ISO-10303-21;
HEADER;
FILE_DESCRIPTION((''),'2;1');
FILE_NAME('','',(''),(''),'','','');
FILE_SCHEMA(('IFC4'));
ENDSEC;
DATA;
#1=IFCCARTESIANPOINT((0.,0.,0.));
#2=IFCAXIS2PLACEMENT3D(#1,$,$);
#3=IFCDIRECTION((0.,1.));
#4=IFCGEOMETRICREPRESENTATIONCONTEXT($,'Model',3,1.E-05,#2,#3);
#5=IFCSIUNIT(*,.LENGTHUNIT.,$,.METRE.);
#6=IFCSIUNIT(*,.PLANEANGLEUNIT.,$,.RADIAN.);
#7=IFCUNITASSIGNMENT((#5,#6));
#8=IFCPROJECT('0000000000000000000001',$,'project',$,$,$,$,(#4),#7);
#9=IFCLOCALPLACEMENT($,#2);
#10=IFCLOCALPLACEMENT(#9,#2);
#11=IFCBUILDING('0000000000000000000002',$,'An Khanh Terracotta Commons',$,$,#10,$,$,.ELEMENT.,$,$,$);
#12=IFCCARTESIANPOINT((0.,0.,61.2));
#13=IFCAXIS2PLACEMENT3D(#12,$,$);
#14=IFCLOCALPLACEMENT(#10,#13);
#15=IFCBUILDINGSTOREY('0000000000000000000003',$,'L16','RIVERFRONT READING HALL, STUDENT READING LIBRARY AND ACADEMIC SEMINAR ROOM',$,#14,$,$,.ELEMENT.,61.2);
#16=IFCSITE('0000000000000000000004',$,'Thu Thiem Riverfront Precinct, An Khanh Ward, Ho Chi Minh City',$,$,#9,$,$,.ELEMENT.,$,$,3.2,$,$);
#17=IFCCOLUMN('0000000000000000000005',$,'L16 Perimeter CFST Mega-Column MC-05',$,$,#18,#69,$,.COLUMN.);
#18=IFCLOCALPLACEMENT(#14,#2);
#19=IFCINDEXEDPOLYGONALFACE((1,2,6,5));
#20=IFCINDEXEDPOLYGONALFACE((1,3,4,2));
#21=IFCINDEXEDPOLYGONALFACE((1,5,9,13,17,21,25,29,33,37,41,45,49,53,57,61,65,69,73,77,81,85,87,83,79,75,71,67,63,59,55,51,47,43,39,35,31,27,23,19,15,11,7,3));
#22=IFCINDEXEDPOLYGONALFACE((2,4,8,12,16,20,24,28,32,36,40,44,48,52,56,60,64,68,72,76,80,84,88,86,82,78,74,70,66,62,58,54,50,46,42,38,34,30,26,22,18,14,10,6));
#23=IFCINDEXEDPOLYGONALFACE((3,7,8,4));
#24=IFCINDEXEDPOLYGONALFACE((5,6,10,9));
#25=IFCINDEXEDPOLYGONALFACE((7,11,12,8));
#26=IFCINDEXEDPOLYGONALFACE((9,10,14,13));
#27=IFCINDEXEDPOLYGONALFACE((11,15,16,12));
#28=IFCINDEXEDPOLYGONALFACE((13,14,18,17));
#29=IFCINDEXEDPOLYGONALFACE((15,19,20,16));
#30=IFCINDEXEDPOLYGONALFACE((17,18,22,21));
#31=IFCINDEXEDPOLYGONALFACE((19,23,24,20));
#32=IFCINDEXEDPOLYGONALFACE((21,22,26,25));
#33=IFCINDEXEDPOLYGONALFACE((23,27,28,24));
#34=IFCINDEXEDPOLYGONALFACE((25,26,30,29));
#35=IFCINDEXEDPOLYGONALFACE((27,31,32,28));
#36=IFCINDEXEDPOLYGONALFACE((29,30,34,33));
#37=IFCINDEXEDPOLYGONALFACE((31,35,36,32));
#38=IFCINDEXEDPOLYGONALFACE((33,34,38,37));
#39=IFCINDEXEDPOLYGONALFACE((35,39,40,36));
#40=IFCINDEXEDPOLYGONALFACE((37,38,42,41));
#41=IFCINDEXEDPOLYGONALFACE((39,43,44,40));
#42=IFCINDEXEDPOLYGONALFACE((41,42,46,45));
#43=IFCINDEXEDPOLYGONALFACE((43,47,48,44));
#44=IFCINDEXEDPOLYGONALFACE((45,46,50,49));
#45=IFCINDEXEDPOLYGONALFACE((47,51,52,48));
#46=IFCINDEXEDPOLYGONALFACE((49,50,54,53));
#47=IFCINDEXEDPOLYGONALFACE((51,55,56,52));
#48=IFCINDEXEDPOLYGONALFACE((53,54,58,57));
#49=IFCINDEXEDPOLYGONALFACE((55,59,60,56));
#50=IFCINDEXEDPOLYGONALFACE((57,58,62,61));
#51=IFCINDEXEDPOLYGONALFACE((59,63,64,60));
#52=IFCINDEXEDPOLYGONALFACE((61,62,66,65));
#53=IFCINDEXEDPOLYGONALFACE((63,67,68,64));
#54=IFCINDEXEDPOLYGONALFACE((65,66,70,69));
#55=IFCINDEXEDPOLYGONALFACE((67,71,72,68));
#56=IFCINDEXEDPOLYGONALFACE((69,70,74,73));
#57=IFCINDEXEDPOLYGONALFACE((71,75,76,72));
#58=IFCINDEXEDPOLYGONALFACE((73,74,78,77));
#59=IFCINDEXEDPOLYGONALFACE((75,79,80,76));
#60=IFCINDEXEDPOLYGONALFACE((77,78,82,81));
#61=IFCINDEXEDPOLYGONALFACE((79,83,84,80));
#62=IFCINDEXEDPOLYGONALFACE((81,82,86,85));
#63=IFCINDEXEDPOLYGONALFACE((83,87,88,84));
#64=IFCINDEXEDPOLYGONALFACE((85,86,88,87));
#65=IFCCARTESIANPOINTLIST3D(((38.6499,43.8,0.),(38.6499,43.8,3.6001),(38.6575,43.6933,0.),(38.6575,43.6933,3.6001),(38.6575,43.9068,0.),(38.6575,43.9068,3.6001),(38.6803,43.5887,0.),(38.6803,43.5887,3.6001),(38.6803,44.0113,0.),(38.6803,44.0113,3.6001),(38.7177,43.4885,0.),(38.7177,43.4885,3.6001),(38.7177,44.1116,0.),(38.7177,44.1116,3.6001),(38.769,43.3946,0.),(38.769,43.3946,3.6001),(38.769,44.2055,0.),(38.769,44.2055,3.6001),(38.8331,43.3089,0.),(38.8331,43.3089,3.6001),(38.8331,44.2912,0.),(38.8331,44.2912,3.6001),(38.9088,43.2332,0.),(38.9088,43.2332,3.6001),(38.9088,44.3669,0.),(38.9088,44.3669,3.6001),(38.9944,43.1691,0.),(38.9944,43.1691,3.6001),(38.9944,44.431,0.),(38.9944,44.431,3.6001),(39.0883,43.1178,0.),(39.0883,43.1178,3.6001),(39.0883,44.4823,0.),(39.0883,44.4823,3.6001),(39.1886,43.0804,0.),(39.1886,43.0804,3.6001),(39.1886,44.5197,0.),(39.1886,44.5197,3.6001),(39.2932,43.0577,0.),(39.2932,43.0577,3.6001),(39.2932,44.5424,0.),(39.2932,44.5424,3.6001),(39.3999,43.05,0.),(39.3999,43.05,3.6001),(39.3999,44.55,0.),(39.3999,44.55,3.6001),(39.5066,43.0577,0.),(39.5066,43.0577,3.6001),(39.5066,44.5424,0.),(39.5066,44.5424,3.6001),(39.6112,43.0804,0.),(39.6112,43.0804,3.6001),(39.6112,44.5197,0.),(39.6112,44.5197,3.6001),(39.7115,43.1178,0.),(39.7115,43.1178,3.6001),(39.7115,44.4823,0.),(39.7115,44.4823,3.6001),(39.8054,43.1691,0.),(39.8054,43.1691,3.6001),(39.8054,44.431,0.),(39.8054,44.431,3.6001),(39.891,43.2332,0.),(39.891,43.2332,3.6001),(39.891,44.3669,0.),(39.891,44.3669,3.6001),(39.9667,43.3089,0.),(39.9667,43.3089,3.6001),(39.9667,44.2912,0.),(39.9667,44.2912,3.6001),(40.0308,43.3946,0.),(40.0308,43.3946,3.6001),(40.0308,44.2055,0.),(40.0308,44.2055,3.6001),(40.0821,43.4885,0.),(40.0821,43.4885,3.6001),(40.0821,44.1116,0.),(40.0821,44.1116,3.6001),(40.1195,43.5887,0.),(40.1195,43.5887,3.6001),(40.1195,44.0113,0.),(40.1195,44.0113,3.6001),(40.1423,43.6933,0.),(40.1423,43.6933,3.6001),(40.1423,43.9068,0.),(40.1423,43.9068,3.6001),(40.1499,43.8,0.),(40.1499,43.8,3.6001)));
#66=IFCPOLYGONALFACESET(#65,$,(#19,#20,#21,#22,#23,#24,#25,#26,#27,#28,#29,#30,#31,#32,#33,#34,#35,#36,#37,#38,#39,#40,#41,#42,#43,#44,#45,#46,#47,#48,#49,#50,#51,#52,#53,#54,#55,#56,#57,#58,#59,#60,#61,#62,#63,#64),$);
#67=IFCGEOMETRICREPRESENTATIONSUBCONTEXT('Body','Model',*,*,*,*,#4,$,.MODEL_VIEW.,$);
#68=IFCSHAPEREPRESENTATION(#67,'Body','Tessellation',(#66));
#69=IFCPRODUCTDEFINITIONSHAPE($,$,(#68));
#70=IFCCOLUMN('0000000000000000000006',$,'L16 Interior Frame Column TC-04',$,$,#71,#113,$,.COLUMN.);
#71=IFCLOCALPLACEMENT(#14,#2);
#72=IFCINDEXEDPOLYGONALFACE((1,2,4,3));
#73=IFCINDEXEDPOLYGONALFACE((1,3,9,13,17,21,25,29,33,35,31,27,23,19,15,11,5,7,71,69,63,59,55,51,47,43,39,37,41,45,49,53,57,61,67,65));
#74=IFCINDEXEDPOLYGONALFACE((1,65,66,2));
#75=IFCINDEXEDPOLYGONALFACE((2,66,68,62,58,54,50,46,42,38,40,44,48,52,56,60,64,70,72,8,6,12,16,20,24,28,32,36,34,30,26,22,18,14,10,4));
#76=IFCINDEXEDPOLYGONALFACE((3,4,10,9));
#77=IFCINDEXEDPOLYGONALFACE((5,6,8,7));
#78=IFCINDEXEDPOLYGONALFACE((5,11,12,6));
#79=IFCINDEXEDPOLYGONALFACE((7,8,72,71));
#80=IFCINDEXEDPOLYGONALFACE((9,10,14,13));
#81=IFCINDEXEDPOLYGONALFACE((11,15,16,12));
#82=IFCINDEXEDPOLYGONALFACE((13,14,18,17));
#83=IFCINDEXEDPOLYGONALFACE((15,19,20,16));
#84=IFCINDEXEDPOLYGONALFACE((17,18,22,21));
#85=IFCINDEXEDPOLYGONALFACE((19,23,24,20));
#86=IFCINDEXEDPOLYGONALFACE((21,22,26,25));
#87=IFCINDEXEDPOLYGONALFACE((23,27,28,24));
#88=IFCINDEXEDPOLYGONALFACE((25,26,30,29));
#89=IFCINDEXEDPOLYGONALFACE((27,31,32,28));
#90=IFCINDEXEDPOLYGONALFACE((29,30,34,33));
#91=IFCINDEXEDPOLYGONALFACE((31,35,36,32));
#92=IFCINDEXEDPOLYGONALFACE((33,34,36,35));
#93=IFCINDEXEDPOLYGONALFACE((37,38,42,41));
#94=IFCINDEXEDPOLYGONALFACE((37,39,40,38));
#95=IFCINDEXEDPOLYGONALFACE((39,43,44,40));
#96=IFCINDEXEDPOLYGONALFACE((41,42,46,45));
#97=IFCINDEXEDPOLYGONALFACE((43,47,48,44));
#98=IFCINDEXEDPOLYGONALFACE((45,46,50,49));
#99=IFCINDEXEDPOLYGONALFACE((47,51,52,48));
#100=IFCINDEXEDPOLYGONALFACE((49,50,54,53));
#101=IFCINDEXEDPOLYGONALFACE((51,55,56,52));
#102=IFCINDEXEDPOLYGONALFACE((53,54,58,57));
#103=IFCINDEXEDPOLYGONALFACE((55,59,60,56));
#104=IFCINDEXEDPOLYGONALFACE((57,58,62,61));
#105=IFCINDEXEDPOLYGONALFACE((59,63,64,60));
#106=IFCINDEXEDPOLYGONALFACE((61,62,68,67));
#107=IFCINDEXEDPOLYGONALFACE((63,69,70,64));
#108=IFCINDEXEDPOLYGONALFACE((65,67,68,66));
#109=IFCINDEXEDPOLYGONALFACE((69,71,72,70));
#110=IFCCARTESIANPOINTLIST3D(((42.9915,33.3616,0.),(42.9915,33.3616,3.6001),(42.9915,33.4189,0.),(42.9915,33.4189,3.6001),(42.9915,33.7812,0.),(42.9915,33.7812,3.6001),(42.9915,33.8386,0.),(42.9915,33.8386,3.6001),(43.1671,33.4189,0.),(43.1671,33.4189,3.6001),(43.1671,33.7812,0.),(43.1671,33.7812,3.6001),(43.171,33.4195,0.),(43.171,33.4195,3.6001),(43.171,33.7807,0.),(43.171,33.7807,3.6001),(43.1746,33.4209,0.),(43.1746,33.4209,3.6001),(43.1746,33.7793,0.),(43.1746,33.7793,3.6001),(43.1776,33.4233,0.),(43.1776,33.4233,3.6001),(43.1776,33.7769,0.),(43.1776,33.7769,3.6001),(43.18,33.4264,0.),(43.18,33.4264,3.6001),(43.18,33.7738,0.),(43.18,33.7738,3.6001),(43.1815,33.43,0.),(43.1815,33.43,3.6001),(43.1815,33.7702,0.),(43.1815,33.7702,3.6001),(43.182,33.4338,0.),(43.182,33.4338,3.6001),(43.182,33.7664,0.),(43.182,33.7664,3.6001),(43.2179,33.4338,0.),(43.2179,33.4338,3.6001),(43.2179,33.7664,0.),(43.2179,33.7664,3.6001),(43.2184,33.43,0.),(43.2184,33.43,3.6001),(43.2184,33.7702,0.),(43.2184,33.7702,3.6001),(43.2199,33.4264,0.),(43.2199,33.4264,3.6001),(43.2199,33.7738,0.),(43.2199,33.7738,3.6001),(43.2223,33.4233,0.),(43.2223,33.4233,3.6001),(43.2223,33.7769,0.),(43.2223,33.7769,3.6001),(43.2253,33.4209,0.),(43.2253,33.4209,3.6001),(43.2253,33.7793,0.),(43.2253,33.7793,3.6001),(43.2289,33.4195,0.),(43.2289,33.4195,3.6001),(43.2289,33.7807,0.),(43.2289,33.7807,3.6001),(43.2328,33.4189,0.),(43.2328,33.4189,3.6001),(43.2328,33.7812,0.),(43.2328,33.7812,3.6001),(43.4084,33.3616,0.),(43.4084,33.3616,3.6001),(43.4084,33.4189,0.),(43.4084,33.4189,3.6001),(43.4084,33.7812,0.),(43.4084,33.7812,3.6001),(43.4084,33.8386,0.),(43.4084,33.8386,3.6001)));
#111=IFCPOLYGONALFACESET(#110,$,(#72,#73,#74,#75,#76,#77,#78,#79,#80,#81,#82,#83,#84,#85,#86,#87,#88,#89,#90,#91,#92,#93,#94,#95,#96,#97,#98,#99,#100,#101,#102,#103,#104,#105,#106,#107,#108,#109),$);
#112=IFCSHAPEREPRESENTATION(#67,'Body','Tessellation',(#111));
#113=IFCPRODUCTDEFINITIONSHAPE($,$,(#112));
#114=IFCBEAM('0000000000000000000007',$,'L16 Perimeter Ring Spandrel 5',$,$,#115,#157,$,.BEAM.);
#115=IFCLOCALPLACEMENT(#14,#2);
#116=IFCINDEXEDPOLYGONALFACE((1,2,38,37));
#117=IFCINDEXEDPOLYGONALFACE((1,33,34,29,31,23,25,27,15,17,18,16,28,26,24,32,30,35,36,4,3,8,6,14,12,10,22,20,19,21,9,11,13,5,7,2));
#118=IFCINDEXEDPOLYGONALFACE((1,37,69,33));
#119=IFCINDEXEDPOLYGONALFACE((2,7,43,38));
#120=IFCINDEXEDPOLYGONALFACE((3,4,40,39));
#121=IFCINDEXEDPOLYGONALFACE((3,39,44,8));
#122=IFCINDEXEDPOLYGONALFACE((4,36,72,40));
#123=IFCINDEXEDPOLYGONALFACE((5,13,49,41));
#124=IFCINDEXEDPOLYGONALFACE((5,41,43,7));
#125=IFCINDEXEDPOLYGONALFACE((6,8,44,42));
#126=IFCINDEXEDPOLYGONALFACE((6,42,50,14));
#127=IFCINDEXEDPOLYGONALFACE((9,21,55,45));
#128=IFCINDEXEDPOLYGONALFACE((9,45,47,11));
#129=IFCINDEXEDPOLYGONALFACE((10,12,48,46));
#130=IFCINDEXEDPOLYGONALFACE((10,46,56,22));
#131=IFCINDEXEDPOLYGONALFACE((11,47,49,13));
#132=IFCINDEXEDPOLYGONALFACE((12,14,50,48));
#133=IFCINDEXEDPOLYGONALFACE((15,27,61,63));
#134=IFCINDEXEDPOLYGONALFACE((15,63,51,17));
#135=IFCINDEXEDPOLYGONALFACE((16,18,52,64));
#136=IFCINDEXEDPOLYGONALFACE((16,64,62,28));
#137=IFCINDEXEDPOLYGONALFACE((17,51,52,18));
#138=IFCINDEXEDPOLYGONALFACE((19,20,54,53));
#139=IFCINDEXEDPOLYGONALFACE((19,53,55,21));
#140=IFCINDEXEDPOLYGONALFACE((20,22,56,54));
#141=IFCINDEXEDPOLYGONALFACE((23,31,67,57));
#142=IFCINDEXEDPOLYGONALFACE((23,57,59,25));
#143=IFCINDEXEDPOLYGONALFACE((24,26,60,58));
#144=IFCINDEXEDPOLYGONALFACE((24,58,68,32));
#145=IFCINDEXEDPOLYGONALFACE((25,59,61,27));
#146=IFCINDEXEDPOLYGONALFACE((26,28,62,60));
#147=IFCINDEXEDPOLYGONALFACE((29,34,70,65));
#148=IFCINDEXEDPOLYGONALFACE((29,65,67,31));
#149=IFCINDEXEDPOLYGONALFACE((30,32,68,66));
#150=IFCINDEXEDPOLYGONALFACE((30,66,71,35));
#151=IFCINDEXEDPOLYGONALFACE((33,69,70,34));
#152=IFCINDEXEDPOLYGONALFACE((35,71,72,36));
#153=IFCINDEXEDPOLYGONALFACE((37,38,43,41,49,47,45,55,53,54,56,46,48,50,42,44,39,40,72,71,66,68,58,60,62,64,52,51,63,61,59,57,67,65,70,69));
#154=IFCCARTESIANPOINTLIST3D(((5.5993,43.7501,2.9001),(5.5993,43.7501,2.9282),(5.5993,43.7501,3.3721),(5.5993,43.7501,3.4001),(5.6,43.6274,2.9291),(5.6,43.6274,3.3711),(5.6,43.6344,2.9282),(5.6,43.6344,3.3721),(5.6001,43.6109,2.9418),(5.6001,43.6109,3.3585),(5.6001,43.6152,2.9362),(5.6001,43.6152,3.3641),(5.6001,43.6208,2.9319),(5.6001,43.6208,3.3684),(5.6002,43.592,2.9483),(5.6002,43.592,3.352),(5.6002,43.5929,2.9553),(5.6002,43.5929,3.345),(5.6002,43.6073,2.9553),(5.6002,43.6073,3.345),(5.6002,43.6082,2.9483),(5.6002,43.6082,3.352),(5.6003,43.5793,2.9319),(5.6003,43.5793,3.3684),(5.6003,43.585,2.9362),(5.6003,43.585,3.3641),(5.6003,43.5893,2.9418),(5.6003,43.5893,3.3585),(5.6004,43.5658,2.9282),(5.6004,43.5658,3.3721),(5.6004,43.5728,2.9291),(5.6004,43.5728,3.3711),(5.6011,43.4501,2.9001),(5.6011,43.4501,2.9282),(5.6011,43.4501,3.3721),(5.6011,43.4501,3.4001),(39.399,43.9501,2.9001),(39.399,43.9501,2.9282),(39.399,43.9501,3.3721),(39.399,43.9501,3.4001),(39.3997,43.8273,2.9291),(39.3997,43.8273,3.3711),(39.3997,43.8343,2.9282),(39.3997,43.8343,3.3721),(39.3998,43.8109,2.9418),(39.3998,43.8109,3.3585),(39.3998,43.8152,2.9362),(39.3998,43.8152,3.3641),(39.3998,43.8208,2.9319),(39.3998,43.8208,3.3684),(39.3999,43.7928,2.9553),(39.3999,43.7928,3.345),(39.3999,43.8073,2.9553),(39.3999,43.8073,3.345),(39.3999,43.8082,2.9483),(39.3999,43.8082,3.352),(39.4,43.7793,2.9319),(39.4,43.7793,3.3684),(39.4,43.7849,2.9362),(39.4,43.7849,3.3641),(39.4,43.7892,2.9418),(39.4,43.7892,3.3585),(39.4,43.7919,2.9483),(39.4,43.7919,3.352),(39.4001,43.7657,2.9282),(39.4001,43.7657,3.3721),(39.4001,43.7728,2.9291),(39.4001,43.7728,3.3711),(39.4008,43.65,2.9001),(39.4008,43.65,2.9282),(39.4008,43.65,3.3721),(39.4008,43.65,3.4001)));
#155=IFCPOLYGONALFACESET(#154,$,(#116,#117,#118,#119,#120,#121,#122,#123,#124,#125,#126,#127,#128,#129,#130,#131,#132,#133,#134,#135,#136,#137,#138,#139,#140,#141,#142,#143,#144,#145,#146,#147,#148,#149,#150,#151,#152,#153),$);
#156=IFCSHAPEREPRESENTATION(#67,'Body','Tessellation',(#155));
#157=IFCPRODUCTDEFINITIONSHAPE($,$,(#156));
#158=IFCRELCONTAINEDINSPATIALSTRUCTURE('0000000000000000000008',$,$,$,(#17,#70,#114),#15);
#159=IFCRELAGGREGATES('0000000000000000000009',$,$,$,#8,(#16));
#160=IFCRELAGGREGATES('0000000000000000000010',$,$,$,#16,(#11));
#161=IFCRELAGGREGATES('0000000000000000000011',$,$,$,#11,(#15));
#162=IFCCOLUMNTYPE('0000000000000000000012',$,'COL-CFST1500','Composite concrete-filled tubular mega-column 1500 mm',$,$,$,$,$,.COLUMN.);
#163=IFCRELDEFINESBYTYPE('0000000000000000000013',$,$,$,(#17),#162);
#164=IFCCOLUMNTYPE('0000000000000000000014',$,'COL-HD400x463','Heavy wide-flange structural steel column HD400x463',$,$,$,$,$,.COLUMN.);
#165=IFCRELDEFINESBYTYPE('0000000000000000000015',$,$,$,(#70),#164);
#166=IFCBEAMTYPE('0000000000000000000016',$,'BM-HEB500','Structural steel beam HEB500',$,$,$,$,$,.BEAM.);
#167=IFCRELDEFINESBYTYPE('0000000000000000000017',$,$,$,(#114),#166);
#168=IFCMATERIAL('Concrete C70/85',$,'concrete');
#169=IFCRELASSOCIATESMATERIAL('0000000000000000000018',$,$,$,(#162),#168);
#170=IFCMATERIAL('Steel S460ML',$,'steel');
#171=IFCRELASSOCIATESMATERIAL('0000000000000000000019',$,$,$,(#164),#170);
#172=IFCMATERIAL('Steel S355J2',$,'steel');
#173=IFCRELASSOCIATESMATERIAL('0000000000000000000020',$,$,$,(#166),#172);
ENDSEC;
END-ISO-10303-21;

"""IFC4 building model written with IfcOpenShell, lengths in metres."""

from ifc_helpers import new_model, si_unit, direction, frame, origin, origin_2d, place, context, subcontext, project, spatial, circle, i_section, extrude, material, material_profile, profile_set, type_object, element, save


model = new_model("IFC4")

# Units and contexts
model_context = context("Model", 3, precision=1e-05, world=origin(), true_north=direction((0.0, 1.0)))
body_context = subcontext(model_context, "Body", "Model", "MODEL_VIEW")
ifc_project = project(units=[si_unit("LENGTHUNIT", "METRE"), si_unit("PLANEANGLEUNIT", "RADIAN")], contexts=[model_context])

# Site, building, storey
site_placement = place(None, origin())
site = spatial("IfcSite", under=ifc_project, at=site_placement, Name="Thu Thiem Riverfront Precinct, An Khanh Ward, Ho Chi Minh City", CompositionType="ELEMENT", RefElevation=3.2)
building_placement = place(site_placement, origin())
building = spatial("IfcBuilding", under=site, at=building_placement, Name="An Khanh Terracotta Commons", CompositionType="ELEMENT")
storey_placement = place(building_placement, frame((0.0, 0.0, 61.2)))
storey = spatial("IfcBuildingStorey", under=building, at=storey_placement, Name="L16", Description="RIVERFRONT READING HALL, STUDENT READING LIBRARY AND ACADEMIC SEMINAR ROOM", CompositionType="ELEMENT", Elevation=61.2)

# Columns
ifc_material_1 = material(Name="Concrete C70/85", Category="concrete")
ifc_material_profile_1 = material_profile(ifc_material_1, circle(Radius=0.75, at=origin_2d()), Name="CFST1500")
ifc_profile_set_1 = profile_set([ifc_material_profile_1], Name="Concrete C70/85")
column_type_1 = type_object("IfcColumnType", Name="COL-CFST1500", Description="Composite concrete-filled tubular mega-column 1500 mm", PredefinedType="COLUMN", material=ifc_profile_set_1)
column_1_placement = place(storey_placement, frame((39.3999, 43.8, 0.0), z_axis=(0.0, 0.0, 1.0), x_axis=(1.0, 0.0, 0.0)))
element("IfcColumn", 1, at=column_1_placement, inside=storey, type_object=column_type_1, Name="L16 Perimeter CFST Mega-Column MC-05", PredefinedType="COLUMN", context=body_context, shape_type="SweptSolid", body=[
    extrude(circle(Radius=0.75, at=origin_2d()), origin(), (0.0, 0.0, 1.0), 3.6001),
])
ifc_material_2 = material(Name="Steel S460ML", Category="steel")
ifc_material_profile_2 = material_profile(ifc_material_2, i_section(OverallWidth=0.417, OverallDepth=0.4771, WebThickness=0.0359, FlangeThickness=0.0574, FilletRadius=0.0149, at=origin_2d()), Name="HD400x463")
ifc_profile_set_2 = profile_set([ifc_material_profile_2], Name="Steel S460ML")
column_type_2 = type_object("IfcColumnType", Name="COL-HD400x463", Description="Heavy wide-flange structural steel column HD400x463", PredefinedType="COLUMN", material=ifc_profile_set_2)
column_2_placement = place(storey_placement, frame((43.2, 33.6001, 0.0), z_axis=(0.0, 0.0, 1.0), x_axis=(1.0, 0.0, 0.0)))
element("IfcColumn", 2, at=column_2_placement, inside=storey, type_object=column_type_2, Name="L16 Interior Frame Column TC-04", PredefinedType="COLUMN", context=body_context, shape_type="SweptSolid", body=[
    extrude(i_section(OverallWidth=0.417, OverallDepth=0.4771, WebThickness=0.0359, FlangeThickness=0.0574, FilletRadius=0.0149, at=origin_2d()), origin(), (0.0, 0.0, 1.0), 3.6001),
])

# Beam
ifc_material_3 = material(Name="Steel S355J2", Category="steel")
ifc_material_profile_3 = material_profile(ifc_material_3, i_section(OverallWidth=0.3, OverallDepth=0.5, WebThickness=0.0144, FlangeThickness=0.0281, FilletRadius=0.0271, at=origin_2d()), Name="HEB500")
ifc_profile_set_3 = profile_set([ifc_material_profile_3], Name="Steel S355J2")
beam_type_1 = type_object("IfcBeamType", Name="BM-HEB500", Description="Structural steel beam HEB500", PredefinedType="BEAM", material=ifc_profile_set_3)
beam_1_placement = place(storey_placement, frame((39.3999, 43.8, 3.1501), z_axis=(-0.999983, -0.005916, 0.0), x_axis=(0.005916, -0.999983, 0.0)))
element("IfcBeam", 3, at=beam_1_placement, inside=storey, type_object=beam_type_1, Name="L16 Perimeter Ring Spandrel 5", PredefinedType="BEAM", context=body_context, shape_type="SweptSolid", body=[
    extrude(i_section(OverallWidth=0.3, OverallDepth=0.5, WebThickness=0.0144, FlangeThickness=0.0281, FilletRadius=0.0271, at=origin_2d()), origin(), (0.0, 0.0, 1.0), 33.8003),
])

save(model, "model.ifc")
